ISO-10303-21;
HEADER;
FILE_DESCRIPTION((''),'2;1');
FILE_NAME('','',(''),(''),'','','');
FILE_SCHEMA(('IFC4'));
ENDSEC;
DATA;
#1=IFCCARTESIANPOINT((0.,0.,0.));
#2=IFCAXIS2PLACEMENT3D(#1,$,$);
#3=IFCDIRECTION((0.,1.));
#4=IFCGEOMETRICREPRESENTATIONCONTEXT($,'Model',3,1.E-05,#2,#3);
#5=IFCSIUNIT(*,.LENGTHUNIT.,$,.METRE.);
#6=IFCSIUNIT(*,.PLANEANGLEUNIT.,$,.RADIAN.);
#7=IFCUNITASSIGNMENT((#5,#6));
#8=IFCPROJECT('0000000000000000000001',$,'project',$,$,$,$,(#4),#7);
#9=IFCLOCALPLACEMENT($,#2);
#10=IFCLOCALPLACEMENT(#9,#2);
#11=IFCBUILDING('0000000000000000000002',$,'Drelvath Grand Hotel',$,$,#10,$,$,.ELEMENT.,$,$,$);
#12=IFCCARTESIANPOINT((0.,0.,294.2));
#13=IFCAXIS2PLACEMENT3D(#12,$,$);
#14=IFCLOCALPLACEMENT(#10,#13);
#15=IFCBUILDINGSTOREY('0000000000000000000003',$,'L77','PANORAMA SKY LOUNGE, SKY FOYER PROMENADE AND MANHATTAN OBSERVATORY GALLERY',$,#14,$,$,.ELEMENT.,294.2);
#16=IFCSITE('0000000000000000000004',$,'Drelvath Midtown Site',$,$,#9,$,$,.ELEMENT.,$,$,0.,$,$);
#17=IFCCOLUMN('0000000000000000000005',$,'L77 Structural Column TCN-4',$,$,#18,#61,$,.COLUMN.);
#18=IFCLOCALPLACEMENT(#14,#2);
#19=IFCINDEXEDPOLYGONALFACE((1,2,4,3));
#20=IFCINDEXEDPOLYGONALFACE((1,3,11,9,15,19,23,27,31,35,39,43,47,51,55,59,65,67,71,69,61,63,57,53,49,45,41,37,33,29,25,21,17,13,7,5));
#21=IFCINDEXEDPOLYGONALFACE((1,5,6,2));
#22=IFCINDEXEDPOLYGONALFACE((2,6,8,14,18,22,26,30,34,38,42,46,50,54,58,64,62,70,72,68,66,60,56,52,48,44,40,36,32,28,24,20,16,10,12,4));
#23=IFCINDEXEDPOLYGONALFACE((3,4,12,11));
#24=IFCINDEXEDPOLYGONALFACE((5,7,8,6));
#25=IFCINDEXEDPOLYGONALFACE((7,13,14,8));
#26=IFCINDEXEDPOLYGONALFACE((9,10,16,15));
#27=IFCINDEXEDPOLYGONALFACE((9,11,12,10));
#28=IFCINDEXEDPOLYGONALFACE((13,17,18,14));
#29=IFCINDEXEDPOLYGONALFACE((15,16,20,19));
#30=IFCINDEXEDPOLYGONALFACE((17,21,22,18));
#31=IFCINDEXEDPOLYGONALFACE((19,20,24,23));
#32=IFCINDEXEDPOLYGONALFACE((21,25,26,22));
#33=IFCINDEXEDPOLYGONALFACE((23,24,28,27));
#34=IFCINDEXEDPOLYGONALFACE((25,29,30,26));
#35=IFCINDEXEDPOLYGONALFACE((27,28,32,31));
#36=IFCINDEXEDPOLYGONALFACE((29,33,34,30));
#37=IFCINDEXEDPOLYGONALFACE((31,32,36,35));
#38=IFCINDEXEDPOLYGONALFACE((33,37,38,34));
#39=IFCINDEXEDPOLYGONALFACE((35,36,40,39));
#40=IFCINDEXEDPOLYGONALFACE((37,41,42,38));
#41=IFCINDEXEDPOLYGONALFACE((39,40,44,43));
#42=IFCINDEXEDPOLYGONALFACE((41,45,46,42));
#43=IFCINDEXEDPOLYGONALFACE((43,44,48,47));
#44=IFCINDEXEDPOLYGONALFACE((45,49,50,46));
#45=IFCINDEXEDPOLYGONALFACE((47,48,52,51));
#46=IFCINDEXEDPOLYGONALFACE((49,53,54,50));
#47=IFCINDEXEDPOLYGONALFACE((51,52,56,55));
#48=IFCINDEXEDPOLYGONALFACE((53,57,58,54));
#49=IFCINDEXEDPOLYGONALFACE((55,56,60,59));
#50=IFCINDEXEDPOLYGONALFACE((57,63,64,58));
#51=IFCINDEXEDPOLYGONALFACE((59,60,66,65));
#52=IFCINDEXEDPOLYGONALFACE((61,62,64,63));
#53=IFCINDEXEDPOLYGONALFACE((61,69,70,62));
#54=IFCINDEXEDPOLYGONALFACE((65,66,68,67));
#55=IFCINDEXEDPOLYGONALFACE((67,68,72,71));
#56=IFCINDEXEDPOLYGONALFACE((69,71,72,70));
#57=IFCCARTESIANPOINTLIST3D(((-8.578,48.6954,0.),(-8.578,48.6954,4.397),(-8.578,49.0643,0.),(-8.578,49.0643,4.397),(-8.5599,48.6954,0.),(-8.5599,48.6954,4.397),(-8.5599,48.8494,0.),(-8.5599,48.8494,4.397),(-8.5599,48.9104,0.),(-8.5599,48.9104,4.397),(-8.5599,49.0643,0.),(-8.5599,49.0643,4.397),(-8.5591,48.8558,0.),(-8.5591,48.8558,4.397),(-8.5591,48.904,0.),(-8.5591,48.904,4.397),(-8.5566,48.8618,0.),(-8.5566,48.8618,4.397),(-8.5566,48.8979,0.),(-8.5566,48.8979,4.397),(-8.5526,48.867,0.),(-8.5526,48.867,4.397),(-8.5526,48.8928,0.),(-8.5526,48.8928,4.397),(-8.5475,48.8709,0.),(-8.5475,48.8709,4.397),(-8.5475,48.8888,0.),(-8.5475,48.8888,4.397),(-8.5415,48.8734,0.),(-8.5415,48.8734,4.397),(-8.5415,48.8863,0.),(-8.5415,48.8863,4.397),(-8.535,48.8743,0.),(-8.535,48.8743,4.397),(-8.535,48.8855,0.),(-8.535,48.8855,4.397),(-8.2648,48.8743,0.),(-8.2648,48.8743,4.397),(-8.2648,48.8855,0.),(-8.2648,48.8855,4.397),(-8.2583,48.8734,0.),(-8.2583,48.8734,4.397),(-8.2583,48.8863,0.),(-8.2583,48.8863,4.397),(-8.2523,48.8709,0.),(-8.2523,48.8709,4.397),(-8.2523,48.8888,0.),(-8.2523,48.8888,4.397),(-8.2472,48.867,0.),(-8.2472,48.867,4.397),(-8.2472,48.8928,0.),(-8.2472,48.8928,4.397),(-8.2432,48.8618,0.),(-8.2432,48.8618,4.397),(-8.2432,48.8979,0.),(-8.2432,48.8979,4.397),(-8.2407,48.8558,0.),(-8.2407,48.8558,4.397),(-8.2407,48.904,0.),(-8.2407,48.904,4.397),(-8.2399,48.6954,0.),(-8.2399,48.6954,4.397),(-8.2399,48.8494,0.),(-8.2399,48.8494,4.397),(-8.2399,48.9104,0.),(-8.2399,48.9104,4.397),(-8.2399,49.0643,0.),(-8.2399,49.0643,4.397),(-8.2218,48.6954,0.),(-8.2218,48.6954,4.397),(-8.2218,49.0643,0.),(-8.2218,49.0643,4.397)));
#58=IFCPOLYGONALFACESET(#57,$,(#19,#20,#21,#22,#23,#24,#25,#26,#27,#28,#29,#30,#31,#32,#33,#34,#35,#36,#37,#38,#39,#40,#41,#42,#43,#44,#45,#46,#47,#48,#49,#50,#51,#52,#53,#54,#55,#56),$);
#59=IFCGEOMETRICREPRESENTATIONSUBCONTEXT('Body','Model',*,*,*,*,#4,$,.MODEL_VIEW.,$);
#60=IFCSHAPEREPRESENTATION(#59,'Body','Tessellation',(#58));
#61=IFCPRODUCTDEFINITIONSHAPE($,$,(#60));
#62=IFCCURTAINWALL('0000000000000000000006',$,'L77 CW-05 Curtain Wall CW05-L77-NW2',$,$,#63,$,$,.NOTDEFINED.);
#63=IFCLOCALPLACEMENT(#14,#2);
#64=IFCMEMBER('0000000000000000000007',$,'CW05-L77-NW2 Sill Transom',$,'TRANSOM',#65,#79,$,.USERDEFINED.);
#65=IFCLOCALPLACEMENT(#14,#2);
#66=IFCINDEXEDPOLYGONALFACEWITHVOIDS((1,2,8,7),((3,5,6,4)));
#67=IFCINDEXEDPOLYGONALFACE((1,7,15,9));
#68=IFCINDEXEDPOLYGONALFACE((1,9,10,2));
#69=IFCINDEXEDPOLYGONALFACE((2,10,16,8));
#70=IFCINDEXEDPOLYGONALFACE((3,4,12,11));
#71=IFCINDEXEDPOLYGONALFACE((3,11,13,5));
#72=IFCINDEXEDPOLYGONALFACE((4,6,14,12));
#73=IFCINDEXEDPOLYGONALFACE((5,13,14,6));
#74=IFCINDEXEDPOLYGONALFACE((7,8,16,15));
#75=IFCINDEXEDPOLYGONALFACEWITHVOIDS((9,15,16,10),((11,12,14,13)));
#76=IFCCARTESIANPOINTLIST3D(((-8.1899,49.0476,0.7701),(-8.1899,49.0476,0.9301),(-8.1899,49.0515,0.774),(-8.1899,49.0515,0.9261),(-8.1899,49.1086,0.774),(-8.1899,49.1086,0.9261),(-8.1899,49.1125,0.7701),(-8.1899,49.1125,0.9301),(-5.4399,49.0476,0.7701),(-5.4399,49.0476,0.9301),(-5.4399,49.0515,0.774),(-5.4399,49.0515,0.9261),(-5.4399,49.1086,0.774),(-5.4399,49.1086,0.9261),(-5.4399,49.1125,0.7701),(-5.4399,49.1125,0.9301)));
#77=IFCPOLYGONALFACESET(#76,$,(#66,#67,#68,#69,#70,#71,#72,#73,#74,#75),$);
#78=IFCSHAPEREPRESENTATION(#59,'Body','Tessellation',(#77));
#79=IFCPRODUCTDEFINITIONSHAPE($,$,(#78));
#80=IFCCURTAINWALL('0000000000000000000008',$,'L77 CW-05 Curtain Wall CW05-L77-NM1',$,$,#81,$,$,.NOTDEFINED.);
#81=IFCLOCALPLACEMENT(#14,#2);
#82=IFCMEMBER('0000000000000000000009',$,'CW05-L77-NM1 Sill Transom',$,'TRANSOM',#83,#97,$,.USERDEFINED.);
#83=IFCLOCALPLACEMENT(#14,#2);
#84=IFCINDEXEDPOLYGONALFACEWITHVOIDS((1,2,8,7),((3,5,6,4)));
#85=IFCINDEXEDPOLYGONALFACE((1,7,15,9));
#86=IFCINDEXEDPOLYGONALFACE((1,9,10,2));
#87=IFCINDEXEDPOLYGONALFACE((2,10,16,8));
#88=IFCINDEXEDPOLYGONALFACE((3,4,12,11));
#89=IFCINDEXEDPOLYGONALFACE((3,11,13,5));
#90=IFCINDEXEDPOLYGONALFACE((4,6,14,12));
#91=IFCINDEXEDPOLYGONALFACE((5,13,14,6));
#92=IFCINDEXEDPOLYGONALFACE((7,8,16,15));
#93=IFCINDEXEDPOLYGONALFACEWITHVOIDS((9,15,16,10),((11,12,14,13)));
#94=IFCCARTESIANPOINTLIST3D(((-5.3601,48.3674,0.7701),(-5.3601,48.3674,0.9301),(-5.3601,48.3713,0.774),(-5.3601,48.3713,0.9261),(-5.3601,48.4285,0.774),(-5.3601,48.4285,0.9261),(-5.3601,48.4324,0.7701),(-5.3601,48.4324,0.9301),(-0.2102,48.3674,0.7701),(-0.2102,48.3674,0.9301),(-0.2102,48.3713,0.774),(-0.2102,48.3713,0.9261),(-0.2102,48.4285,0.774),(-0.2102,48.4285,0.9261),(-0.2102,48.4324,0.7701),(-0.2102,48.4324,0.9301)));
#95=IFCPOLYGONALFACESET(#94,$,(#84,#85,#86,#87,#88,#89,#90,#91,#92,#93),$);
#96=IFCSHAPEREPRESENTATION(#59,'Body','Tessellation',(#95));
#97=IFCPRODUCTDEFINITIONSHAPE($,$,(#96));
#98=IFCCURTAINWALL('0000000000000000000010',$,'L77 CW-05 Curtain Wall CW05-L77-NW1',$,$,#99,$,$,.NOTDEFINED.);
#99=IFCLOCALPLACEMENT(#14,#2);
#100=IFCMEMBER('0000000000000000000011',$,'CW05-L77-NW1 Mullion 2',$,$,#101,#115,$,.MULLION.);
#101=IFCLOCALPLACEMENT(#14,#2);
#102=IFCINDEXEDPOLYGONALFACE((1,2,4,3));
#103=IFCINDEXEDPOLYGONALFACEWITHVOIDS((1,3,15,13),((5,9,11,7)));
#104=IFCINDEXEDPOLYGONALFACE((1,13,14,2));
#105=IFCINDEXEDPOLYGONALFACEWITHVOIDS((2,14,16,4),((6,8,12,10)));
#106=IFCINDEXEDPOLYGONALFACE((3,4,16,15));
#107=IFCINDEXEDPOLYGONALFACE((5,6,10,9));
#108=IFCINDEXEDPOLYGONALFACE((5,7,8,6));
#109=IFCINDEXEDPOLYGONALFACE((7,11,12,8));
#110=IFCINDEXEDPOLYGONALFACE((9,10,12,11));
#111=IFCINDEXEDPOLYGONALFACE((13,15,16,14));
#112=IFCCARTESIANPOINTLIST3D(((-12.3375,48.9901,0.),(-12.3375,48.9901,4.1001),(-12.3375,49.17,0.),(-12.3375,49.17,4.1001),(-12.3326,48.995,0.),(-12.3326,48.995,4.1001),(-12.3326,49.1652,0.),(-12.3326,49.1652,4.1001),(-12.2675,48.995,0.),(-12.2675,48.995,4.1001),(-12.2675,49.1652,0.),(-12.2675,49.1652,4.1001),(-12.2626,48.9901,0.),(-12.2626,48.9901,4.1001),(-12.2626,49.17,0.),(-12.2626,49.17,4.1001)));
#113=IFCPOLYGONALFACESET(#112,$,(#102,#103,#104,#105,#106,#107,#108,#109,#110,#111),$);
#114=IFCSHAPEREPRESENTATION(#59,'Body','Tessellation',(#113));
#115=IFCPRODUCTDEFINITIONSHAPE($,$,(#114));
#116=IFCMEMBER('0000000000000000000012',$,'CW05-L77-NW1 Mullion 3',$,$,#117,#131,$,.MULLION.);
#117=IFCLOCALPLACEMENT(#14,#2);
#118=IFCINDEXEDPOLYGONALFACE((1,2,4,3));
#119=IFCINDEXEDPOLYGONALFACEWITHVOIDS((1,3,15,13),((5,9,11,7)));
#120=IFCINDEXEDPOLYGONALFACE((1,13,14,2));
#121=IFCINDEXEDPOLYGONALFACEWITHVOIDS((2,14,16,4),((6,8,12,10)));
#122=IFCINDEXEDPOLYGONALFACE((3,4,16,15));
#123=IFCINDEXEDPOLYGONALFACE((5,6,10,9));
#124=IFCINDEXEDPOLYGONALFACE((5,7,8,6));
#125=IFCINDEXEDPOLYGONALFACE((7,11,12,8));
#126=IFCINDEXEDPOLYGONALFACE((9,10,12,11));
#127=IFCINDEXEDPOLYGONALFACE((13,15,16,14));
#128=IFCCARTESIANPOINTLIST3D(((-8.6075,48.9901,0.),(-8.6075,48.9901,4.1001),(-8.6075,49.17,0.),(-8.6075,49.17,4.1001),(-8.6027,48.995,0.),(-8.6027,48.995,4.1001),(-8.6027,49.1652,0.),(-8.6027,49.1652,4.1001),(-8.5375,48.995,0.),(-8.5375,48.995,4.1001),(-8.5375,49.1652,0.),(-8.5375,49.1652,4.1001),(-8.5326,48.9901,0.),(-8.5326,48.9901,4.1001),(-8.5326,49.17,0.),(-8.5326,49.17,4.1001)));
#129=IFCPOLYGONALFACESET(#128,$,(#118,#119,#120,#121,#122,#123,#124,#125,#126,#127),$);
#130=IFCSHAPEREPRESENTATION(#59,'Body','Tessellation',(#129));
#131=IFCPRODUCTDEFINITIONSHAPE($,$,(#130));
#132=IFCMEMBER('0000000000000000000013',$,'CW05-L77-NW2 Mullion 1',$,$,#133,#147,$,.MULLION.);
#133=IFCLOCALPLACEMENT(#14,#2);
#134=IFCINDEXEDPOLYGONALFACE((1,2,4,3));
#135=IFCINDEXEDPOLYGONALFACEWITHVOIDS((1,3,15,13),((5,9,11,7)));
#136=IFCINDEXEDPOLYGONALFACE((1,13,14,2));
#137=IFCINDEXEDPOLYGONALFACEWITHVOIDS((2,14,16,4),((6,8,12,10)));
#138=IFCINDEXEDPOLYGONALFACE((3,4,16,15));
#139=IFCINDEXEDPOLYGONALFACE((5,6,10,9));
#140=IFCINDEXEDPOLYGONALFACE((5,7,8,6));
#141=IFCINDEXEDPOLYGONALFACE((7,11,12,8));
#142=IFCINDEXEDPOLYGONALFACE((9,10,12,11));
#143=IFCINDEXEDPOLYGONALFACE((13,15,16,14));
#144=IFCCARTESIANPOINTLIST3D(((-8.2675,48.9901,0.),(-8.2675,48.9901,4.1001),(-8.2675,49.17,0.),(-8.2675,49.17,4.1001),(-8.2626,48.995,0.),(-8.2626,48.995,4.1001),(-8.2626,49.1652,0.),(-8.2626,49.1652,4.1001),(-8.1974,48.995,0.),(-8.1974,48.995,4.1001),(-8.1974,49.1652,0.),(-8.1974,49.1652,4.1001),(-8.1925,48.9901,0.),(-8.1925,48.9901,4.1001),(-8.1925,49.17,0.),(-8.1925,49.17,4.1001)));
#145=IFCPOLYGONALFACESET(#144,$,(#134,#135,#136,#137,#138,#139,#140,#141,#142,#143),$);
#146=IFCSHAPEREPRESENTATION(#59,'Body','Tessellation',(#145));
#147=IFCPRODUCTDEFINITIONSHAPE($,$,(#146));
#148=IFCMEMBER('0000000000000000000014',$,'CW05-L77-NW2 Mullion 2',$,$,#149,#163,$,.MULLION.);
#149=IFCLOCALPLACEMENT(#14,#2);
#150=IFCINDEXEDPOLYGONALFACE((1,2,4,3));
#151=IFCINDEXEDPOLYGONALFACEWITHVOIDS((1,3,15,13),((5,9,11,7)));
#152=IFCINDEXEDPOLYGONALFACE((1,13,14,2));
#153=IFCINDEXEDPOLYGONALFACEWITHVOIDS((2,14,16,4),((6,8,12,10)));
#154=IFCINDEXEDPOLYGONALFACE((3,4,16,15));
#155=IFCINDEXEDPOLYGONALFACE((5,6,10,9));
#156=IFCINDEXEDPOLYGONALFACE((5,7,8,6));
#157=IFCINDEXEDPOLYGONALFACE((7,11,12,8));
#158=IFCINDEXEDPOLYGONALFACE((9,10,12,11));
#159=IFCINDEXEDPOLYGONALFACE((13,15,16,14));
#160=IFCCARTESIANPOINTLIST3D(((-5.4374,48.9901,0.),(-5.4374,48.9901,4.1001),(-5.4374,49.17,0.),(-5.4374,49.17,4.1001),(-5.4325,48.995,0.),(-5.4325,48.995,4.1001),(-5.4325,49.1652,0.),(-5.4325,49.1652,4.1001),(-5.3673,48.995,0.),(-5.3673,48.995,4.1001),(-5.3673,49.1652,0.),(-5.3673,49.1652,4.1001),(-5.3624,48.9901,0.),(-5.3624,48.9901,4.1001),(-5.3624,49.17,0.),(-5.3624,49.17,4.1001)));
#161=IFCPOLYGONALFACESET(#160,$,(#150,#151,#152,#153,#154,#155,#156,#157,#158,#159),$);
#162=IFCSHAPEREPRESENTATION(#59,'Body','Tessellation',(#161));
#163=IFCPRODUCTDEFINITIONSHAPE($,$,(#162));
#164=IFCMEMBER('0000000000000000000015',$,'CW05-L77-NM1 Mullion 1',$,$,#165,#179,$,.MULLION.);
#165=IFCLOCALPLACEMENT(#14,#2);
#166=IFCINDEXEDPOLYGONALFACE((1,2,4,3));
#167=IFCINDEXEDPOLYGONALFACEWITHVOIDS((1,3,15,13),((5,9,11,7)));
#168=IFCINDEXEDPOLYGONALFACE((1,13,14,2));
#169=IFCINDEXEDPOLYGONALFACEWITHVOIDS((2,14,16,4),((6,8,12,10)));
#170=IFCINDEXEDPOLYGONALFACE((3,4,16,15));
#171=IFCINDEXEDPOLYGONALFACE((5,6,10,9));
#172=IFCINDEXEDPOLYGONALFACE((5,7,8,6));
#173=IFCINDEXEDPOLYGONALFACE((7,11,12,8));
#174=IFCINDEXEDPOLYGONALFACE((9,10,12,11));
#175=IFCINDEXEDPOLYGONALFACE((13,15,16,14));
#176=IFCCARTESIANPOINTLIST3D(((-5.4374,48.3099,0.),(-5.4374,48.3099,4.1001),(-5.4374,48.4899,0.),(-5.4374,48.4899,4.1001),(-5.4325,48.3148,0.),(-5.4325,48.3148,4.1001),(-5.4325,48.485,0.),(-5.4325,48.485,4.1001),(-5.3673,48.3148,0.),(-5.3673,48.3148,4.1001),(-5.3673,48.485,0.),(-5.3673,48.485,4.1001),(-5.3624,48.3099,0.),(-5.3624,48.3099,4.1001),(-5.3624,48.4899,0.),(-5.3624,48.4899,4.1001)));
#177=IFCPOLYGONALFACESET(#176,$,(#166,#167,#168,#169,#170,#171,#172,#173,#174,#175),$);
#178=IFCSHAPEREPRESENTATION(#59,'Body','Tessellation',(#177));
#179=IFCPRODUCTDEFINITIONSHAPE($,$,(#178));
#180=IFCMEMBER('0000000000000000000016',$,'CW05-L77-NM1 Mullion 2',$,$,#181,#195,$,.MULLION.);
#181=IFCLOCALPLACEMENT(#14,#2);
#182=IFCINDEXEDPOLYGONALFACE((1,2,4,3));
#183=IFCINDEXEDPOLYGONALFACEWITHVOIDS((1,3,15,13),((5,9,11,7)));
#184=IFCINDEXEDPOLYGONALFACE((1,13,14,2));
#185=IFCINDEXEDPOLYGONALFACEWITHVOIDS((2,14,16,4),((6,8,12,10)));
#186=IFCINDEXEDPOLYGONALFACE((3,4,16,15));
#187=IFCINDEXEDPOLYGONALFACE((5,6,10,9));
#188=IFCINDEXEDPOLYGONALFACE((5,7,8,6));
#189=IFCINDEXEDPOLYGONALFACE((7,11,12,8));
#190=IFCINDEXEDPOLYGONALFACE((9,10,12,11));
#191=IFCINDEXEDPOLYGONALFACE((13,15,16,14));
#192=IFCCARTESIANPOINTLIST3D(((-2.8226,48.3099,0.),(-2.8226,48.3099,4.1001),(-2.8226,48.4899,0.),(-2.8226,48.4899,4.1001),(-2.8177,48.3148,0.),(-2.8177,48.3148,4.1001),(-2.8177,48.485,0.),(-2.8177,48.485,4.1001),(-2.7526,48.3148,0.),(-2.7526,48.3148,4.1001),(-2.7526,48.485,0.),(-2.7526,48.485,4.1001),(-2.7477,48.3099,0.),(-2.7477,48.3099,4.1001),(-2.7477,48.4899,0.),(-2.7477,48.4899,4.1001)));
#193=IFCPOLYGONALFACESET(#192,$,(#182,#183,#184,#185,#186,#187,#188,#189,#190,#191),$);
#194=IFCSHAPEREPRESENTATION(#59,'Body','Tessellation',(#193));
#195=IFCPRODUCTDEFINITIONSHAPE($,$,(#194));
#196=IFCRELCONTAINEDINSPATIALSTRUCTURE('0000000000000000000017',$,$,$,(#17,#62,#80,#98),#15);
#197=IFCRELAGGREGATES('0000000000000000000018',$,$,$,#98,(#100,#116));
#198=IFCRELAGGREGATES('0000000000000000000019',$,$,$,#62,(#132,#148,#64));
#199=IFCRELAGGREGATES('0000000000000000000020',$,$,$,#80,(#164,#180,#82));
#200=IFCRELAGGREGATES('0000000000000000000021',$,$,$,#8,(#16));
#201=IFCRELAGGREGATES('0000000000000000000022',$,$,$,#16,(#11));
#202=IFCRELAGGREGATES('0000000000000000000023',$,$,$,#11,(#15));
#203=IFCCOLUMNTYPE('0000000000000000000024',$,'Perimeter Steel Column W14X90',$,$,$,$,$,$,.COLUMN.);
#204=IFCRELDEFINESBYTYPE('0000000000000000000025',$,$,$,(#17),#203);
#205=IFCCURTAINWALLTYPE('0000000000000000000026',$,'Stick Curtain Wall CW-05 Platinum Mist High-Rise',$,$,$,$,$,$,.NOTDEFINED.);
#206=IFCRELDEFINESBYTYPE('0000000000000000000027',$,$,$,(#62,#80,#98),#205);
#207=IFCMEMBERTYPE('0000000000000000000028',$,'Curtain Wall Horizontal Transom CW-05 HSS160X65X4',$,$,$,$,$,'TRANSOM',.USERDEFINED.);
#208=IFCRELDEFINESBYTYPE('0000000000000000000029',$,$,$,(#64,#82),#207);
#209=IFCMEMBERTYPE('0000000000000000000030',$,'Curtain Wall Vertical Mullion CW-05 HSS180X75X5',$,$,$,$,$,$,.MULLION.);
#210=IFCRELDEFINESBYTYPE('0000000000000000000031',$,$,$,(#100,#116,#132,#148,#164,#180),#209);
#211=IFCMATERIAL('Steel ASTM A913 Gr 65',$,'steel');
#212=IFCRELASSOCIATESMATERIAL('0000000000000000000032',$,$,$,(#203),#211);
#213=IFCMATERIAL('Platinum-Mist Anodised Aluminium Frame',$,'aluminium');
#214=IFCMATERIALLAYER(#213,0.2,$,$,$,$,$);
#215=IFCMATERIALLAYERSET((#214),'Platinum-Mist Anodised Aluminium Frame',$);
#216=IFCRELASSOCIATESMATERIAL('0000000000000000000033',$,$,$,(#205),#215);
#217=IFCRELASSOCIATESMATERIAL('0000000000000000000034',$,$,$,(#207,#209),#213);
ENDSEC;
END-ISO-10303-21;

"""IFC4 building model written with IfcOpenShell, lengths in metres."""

from ifc_helpers import new_model, si_unit, direction, frame, origin, origin_2d, place, context, subcontext, project, spatial, hollow_rectangle, i_section, extrude, material, layer, layer_set, material_profile, profile_set, type_object, element, aggregate, save


model = new_model("IFC4")

# Units and contexts
model_context = context("Model", 3, precision=1e-05, world=origin(), true_north=direction((0.0, 1.0)))
body_context = subcontext(model_context, "Body", "Model", "MODEL_VIEW")
ifc_project = project(units=[si_unit("LENGTHUNIT", "METRE"), si_unit("PLANEANGLEUNIT", "RADIAN")], contexts=[model_context])

# Site, building, storey
site_placement = place(None, origin())
site = spatial("IfcSite", under=ifc_project, at=site_placement, Name="Drelvath Midtown Site", CompositionType="ELEMENT", RefElevation=0.0)
building_placement = place(site_placement, origin())
building = spatial("IfcBuilding", under=site, at=building_placement, Name="Drelvath Grand Hotel", CompositionType="ELEMENT")
storey_placement = place(building_placement, frame((0.0, 0.0, 294.2)))
storey = spatial("IfcBuildingStorey", under=building, at=storey_placement, Name="L77", Description="PANORAMA SKY LOUNGE, SKY FOYER PROMENADE AND MANHATTAN OBSERVATORY GALLERY", CompositionType="ELEMENT", Elevation=294.2)

# Column
ifc_material_1 = material(Name="Steel ASTM A913 Gr 65", Category="steel")
ifc_material_profile_1 = material_profile(ifc_material_1, i_section(OverallWidth=0.3689, OverallDepth=0.3562, WebThickness=0.0112, FlangeThickness=0.0181, FilletRadius=0.0249, at=origin_2d()), Name="W14X90")
ifc_profile_set_1 = profile_set([ifc_material_profile_1], Name="Steel ASTM A913 Gr 65")
column_type = type_object("IfcColumnType", Name="Perimeter Steel Column W14X90", PredefinedType="COLUMN", material=ifc_profile_set_1)
column_placement = place(storey_placement, frame((-8.3999, 48.8799, 0.0), z_axis=(0.0, 0.0, 1.0), x_axis=(0.0, 1.0, 0.0)))
element("IfcColumn", 1, at=column_placement, inside=storey, type_object=column_type, Name="L77 Structural Column TCN-4", PredefinedType="COLUMN", context=body_context, shape_type="SweptSolid", body=[
    extrude(i_section(OverallWidth=0.3689, OverallDepth=0.3562, WebThickness=0.0112, FlangeThickness=0.0181, FilletRadius=0.0249, at=origin_2d()), origin(), (0.0, 0.0, 1.0), 4.397),
])

# Curtain walls, members
ifc_material_2 = material(Name="Platinum-Mist Anodised Aluminium Frame", Category="aluminium")
ifc_layer_1 = layer(ifc_material_2, 0.2)
ifc_layer_set_1 = layer_set([ifc_layer_1], Name="Platinum-Mist Anodised Aluminium Frame")
curtain_wall_type = type_object("IfcCurtainWallType", Name="Stick Curtain Wall CW-05 Platinum Mist High-Rise", PredefinedType="NOTDEFINED", material=ifc_layer_set_1)
curtain_wall_1_placement = place(storey_placement, origin())
curtain_wall_1 = element("IfcCurtainWall", 2, at=curtain_wall_1_placement, inside=storey, type_object=curtain_wall_type, Name="L77 CW-05 Curtain Wall CW05-L77-NW2", PredefinedType="NOTDEFINED")
ifc_material_profile_2 = material_profile(ifc_material_2, hollow_rectangle(XDim=0.0649, YDim=0.1599, WallThickness=0.0039, at=origin_2d()), Name="HSS160X65X4")
ifc_profile_set_2 = profile_set([ifc_material_profile_2], Name="Platinum-Mist Anodised Aluminium Frame")
member_type_1 = type_object("IfcMemberType", Name="Curtain Wall Horizontal Transom CW-05 HSS160X65X4", ElementType="TRANSOM", PredefinedType="USERDEFINED", material=ifc_profile_set_2)
member_1_placement = place(storey_placement, frame((-8.1899, 49.0801, 0.8501), z_axis=(1.0, 0.0, 0.0), x_axis=(0.0, 1.0, 0.0)))
member_1 = element("IfcMember", 3, at=member_1_placement, type_object=member_type_1, Name="CW05-L77-NW2 Sill Transom", ObjectType="TRANSOM", PredefinedType="USERDEFINED", context=body_context, shape_type="SweptSolid", body=[
    extrude(hollow_rectangle(XDim=0.0649, YDim=0.1599, WallThickness=0.0039, at=origin_2d()), origin(), (0.0, 0.0, 1.0), 2.75),
])
curtain_wall_2_placement = place(storey_placement, origin())
curtain_wall_2 = element("IfcCurtainWall", 4, at=curtain_wall_2_placement, inside=storey, type_object=curtain_wall_type, Name="L77 CW-05 Curtain Wall CW05-L77-NM1", PredefinedType="NOTDEFINED")
member_2_placement = place(storey_placement, frame((-5.3601, 48.3999, 0.8501), z_axis=(1.0, 0.0, 0.0), x_axis=(0.0, 1.0, 0.0)))
member_2 = element("IfcMember", 5, at=member_2_placement, type_object=member_type_1, Name="CW05-L77-NM1 Sill Transom", ObjectType="TRANSOM", PredefinedType="USERDEFINED", context=body_context, shape_type="SweptSolid", body=[
    extrude(hollow_rectangle(XDim=0.0649, YDim=0.1599, WallThickness=0.0039, at=origin_2d()), origin(), (0.0, 0.0, 1.0), 5.1499),
])

# Curtain wall, members
curtain_wall_3_placement = place(storey_placement, origin())
curtain_wall_3 = element("IfcCurtainWall", 6, at=curtain_wall_3_placement, inside=storey, type_object=curtain_wall_type, Name="L77 CW-05 Curtain Wall CW05-L77-NW1", PredefinedType="NOTDEFINED")
ifc_material_profile_3 = material_profile(ifc_material_2, hollow_rectangle(XDim=0.075, YDim=0.1799, WallThickness=0.0049, at=origin_2d()), Name="HSS180X75X5")
ifc_profile_set_3 = profile_set([ifc_material_profile_3], Name="Platinum-Mist Anodised Aluminium Frame")
member_type_2 = type_object("IfcMemberType", Name="Curtain Wall Vertical Mullion CW-05 HSS180X75X5", PredefinedType="MULLION", material=ifc_profile_set_3)
member_3_placement = place(storey_placement, frame((-12.3, 49.0801, 0.0), z_axis=(0.0, 0.0, 1.0), x_axis=(1.0, 0.0, 0.0)))
member_3 = element("IfcMember", 7, at=member_3_placement, type_object=member_type_2, Name="CW05-L77-NW1 Mullion 2", PredefinedType="MULLION", context=body_context, shape_type="SweptSolid", body=[
    extrude(hollow_rectangle(XDim=0.075, YDim=0.1799, WallThickness=0.0049, at=origin_2d()), origin(), (0.0, 0.0, 1.0), 4.1001),
])
member_4_placement = place(storey_placement, frame((-8.5701, 49.0801, 0.0), z_axis=(0.0, 0.0, 1.0), x_axis=(1.0, 0.0, 0.0)))
member_4 = element("IfcMember", 8, at=member_4_placement, type_object=member_type_2, Name="CW05-L77-NW1 Mullion 3", PredefinedType="MULLION", context=body_context, shape_type="SweptSolid", body=[
    extrude(hollow_rectangle(XDim=0.075, YDim=0.1799, WallThickness=0.0049, at=origin_2d()), origin(), (0.0, 0.0, 1.0), 4.1001),
])

# Members
member_5_placement = place(storey_placement, frame((-8.23, 49.0801, 0.0), z_axis=(0.0, 0.0, 1.0), x_axis=(1.0, 0.0, 0.0)))
member_5 = element("IfcMember", 9, at=member_5_placement, type_object=member_type_2, Name="CW05-L77-NW2 Mullion 1", PredefinedType="MULLION", context=body_context, shape_type="SweptSolid", body=[
    extrude(hollow_rectangle(XDim=0.075, YDim=0.1799, WallThickness=0.0049, at=origin_2d()), origin(), (0.0, 0.0, 1.0), 4.1001),
])
member_6_placement = place(storey_placement, frame((-5.3999, 49.0801, 0.0), z_axis=(0.0, 0.0, 1.0), x_axis=(1.0, 0.0, 0.0)))
member_6 = element("IfcMember", 10, at=member_6_placement, type_object=member_type_2, Name="CW05-L77-NW2 Mullion 2", PredefinedType="MULLION", context=body_context, shape_type="SweptSolid", body=[
    extrude(hollow_rectangle(XDim=0.075, YDim=0.1799, WallThickness=0.0049, at=origin_2d()), origin(), (0.0, 0.0, 1.0), 4.1001),
])
member_7_placement = place(storey_placement, frame((-5.3999, 48.3999, 0.0), z_axis=(0.0, 0.0, 1.0), x_axis=(1.0, 0.0, 0.0)))
member_7 = element("IfcMember", 11, at=member_7_placement, type_object=member_type_2, Name="CW05-L77-NM1 Mullion 1", PredefinedType="MULLION", context=body_context, shape_type="SweptSolid", body=[
    extrude(hollow_rectangle(XDim=0.075, YDim=0.1799, WallThickness=0.0049, at=origin_2d()), origin(), (0.0, 0.0, 1.0), 4.1001),
])
member_8_placement = place(storey_placement, frame((-2.7852, 48.3999, 0.0), z_axis=(0.0, 0.0, 1.0), x_axis=(1.0, 0.0, 0.0)))
member_8 = element("IfcMember", 12, at=member_8_placement, type_object=member_type_2, Name="CW05-L77-NM1 Mullion 2", PredefinedType="MULLION", context=body_context, shape_type="SweptSolid", body=[
    extrude(hollow_rectangle(XDim=0.075, YDim=0.1799, WallThickness=0.0049, at=origin_2d()), origin(), (0.0, 0.0, 1.0), 4.1001),
])

aggregate(curtain_wall_3, [member_3, member_4])
aggregate(curtain_wall_1, [member_5, member_6, member_1])
aggregate(curtain_wall_2, [member_7, member_8, member_2])

save(model, "model.ifc")
